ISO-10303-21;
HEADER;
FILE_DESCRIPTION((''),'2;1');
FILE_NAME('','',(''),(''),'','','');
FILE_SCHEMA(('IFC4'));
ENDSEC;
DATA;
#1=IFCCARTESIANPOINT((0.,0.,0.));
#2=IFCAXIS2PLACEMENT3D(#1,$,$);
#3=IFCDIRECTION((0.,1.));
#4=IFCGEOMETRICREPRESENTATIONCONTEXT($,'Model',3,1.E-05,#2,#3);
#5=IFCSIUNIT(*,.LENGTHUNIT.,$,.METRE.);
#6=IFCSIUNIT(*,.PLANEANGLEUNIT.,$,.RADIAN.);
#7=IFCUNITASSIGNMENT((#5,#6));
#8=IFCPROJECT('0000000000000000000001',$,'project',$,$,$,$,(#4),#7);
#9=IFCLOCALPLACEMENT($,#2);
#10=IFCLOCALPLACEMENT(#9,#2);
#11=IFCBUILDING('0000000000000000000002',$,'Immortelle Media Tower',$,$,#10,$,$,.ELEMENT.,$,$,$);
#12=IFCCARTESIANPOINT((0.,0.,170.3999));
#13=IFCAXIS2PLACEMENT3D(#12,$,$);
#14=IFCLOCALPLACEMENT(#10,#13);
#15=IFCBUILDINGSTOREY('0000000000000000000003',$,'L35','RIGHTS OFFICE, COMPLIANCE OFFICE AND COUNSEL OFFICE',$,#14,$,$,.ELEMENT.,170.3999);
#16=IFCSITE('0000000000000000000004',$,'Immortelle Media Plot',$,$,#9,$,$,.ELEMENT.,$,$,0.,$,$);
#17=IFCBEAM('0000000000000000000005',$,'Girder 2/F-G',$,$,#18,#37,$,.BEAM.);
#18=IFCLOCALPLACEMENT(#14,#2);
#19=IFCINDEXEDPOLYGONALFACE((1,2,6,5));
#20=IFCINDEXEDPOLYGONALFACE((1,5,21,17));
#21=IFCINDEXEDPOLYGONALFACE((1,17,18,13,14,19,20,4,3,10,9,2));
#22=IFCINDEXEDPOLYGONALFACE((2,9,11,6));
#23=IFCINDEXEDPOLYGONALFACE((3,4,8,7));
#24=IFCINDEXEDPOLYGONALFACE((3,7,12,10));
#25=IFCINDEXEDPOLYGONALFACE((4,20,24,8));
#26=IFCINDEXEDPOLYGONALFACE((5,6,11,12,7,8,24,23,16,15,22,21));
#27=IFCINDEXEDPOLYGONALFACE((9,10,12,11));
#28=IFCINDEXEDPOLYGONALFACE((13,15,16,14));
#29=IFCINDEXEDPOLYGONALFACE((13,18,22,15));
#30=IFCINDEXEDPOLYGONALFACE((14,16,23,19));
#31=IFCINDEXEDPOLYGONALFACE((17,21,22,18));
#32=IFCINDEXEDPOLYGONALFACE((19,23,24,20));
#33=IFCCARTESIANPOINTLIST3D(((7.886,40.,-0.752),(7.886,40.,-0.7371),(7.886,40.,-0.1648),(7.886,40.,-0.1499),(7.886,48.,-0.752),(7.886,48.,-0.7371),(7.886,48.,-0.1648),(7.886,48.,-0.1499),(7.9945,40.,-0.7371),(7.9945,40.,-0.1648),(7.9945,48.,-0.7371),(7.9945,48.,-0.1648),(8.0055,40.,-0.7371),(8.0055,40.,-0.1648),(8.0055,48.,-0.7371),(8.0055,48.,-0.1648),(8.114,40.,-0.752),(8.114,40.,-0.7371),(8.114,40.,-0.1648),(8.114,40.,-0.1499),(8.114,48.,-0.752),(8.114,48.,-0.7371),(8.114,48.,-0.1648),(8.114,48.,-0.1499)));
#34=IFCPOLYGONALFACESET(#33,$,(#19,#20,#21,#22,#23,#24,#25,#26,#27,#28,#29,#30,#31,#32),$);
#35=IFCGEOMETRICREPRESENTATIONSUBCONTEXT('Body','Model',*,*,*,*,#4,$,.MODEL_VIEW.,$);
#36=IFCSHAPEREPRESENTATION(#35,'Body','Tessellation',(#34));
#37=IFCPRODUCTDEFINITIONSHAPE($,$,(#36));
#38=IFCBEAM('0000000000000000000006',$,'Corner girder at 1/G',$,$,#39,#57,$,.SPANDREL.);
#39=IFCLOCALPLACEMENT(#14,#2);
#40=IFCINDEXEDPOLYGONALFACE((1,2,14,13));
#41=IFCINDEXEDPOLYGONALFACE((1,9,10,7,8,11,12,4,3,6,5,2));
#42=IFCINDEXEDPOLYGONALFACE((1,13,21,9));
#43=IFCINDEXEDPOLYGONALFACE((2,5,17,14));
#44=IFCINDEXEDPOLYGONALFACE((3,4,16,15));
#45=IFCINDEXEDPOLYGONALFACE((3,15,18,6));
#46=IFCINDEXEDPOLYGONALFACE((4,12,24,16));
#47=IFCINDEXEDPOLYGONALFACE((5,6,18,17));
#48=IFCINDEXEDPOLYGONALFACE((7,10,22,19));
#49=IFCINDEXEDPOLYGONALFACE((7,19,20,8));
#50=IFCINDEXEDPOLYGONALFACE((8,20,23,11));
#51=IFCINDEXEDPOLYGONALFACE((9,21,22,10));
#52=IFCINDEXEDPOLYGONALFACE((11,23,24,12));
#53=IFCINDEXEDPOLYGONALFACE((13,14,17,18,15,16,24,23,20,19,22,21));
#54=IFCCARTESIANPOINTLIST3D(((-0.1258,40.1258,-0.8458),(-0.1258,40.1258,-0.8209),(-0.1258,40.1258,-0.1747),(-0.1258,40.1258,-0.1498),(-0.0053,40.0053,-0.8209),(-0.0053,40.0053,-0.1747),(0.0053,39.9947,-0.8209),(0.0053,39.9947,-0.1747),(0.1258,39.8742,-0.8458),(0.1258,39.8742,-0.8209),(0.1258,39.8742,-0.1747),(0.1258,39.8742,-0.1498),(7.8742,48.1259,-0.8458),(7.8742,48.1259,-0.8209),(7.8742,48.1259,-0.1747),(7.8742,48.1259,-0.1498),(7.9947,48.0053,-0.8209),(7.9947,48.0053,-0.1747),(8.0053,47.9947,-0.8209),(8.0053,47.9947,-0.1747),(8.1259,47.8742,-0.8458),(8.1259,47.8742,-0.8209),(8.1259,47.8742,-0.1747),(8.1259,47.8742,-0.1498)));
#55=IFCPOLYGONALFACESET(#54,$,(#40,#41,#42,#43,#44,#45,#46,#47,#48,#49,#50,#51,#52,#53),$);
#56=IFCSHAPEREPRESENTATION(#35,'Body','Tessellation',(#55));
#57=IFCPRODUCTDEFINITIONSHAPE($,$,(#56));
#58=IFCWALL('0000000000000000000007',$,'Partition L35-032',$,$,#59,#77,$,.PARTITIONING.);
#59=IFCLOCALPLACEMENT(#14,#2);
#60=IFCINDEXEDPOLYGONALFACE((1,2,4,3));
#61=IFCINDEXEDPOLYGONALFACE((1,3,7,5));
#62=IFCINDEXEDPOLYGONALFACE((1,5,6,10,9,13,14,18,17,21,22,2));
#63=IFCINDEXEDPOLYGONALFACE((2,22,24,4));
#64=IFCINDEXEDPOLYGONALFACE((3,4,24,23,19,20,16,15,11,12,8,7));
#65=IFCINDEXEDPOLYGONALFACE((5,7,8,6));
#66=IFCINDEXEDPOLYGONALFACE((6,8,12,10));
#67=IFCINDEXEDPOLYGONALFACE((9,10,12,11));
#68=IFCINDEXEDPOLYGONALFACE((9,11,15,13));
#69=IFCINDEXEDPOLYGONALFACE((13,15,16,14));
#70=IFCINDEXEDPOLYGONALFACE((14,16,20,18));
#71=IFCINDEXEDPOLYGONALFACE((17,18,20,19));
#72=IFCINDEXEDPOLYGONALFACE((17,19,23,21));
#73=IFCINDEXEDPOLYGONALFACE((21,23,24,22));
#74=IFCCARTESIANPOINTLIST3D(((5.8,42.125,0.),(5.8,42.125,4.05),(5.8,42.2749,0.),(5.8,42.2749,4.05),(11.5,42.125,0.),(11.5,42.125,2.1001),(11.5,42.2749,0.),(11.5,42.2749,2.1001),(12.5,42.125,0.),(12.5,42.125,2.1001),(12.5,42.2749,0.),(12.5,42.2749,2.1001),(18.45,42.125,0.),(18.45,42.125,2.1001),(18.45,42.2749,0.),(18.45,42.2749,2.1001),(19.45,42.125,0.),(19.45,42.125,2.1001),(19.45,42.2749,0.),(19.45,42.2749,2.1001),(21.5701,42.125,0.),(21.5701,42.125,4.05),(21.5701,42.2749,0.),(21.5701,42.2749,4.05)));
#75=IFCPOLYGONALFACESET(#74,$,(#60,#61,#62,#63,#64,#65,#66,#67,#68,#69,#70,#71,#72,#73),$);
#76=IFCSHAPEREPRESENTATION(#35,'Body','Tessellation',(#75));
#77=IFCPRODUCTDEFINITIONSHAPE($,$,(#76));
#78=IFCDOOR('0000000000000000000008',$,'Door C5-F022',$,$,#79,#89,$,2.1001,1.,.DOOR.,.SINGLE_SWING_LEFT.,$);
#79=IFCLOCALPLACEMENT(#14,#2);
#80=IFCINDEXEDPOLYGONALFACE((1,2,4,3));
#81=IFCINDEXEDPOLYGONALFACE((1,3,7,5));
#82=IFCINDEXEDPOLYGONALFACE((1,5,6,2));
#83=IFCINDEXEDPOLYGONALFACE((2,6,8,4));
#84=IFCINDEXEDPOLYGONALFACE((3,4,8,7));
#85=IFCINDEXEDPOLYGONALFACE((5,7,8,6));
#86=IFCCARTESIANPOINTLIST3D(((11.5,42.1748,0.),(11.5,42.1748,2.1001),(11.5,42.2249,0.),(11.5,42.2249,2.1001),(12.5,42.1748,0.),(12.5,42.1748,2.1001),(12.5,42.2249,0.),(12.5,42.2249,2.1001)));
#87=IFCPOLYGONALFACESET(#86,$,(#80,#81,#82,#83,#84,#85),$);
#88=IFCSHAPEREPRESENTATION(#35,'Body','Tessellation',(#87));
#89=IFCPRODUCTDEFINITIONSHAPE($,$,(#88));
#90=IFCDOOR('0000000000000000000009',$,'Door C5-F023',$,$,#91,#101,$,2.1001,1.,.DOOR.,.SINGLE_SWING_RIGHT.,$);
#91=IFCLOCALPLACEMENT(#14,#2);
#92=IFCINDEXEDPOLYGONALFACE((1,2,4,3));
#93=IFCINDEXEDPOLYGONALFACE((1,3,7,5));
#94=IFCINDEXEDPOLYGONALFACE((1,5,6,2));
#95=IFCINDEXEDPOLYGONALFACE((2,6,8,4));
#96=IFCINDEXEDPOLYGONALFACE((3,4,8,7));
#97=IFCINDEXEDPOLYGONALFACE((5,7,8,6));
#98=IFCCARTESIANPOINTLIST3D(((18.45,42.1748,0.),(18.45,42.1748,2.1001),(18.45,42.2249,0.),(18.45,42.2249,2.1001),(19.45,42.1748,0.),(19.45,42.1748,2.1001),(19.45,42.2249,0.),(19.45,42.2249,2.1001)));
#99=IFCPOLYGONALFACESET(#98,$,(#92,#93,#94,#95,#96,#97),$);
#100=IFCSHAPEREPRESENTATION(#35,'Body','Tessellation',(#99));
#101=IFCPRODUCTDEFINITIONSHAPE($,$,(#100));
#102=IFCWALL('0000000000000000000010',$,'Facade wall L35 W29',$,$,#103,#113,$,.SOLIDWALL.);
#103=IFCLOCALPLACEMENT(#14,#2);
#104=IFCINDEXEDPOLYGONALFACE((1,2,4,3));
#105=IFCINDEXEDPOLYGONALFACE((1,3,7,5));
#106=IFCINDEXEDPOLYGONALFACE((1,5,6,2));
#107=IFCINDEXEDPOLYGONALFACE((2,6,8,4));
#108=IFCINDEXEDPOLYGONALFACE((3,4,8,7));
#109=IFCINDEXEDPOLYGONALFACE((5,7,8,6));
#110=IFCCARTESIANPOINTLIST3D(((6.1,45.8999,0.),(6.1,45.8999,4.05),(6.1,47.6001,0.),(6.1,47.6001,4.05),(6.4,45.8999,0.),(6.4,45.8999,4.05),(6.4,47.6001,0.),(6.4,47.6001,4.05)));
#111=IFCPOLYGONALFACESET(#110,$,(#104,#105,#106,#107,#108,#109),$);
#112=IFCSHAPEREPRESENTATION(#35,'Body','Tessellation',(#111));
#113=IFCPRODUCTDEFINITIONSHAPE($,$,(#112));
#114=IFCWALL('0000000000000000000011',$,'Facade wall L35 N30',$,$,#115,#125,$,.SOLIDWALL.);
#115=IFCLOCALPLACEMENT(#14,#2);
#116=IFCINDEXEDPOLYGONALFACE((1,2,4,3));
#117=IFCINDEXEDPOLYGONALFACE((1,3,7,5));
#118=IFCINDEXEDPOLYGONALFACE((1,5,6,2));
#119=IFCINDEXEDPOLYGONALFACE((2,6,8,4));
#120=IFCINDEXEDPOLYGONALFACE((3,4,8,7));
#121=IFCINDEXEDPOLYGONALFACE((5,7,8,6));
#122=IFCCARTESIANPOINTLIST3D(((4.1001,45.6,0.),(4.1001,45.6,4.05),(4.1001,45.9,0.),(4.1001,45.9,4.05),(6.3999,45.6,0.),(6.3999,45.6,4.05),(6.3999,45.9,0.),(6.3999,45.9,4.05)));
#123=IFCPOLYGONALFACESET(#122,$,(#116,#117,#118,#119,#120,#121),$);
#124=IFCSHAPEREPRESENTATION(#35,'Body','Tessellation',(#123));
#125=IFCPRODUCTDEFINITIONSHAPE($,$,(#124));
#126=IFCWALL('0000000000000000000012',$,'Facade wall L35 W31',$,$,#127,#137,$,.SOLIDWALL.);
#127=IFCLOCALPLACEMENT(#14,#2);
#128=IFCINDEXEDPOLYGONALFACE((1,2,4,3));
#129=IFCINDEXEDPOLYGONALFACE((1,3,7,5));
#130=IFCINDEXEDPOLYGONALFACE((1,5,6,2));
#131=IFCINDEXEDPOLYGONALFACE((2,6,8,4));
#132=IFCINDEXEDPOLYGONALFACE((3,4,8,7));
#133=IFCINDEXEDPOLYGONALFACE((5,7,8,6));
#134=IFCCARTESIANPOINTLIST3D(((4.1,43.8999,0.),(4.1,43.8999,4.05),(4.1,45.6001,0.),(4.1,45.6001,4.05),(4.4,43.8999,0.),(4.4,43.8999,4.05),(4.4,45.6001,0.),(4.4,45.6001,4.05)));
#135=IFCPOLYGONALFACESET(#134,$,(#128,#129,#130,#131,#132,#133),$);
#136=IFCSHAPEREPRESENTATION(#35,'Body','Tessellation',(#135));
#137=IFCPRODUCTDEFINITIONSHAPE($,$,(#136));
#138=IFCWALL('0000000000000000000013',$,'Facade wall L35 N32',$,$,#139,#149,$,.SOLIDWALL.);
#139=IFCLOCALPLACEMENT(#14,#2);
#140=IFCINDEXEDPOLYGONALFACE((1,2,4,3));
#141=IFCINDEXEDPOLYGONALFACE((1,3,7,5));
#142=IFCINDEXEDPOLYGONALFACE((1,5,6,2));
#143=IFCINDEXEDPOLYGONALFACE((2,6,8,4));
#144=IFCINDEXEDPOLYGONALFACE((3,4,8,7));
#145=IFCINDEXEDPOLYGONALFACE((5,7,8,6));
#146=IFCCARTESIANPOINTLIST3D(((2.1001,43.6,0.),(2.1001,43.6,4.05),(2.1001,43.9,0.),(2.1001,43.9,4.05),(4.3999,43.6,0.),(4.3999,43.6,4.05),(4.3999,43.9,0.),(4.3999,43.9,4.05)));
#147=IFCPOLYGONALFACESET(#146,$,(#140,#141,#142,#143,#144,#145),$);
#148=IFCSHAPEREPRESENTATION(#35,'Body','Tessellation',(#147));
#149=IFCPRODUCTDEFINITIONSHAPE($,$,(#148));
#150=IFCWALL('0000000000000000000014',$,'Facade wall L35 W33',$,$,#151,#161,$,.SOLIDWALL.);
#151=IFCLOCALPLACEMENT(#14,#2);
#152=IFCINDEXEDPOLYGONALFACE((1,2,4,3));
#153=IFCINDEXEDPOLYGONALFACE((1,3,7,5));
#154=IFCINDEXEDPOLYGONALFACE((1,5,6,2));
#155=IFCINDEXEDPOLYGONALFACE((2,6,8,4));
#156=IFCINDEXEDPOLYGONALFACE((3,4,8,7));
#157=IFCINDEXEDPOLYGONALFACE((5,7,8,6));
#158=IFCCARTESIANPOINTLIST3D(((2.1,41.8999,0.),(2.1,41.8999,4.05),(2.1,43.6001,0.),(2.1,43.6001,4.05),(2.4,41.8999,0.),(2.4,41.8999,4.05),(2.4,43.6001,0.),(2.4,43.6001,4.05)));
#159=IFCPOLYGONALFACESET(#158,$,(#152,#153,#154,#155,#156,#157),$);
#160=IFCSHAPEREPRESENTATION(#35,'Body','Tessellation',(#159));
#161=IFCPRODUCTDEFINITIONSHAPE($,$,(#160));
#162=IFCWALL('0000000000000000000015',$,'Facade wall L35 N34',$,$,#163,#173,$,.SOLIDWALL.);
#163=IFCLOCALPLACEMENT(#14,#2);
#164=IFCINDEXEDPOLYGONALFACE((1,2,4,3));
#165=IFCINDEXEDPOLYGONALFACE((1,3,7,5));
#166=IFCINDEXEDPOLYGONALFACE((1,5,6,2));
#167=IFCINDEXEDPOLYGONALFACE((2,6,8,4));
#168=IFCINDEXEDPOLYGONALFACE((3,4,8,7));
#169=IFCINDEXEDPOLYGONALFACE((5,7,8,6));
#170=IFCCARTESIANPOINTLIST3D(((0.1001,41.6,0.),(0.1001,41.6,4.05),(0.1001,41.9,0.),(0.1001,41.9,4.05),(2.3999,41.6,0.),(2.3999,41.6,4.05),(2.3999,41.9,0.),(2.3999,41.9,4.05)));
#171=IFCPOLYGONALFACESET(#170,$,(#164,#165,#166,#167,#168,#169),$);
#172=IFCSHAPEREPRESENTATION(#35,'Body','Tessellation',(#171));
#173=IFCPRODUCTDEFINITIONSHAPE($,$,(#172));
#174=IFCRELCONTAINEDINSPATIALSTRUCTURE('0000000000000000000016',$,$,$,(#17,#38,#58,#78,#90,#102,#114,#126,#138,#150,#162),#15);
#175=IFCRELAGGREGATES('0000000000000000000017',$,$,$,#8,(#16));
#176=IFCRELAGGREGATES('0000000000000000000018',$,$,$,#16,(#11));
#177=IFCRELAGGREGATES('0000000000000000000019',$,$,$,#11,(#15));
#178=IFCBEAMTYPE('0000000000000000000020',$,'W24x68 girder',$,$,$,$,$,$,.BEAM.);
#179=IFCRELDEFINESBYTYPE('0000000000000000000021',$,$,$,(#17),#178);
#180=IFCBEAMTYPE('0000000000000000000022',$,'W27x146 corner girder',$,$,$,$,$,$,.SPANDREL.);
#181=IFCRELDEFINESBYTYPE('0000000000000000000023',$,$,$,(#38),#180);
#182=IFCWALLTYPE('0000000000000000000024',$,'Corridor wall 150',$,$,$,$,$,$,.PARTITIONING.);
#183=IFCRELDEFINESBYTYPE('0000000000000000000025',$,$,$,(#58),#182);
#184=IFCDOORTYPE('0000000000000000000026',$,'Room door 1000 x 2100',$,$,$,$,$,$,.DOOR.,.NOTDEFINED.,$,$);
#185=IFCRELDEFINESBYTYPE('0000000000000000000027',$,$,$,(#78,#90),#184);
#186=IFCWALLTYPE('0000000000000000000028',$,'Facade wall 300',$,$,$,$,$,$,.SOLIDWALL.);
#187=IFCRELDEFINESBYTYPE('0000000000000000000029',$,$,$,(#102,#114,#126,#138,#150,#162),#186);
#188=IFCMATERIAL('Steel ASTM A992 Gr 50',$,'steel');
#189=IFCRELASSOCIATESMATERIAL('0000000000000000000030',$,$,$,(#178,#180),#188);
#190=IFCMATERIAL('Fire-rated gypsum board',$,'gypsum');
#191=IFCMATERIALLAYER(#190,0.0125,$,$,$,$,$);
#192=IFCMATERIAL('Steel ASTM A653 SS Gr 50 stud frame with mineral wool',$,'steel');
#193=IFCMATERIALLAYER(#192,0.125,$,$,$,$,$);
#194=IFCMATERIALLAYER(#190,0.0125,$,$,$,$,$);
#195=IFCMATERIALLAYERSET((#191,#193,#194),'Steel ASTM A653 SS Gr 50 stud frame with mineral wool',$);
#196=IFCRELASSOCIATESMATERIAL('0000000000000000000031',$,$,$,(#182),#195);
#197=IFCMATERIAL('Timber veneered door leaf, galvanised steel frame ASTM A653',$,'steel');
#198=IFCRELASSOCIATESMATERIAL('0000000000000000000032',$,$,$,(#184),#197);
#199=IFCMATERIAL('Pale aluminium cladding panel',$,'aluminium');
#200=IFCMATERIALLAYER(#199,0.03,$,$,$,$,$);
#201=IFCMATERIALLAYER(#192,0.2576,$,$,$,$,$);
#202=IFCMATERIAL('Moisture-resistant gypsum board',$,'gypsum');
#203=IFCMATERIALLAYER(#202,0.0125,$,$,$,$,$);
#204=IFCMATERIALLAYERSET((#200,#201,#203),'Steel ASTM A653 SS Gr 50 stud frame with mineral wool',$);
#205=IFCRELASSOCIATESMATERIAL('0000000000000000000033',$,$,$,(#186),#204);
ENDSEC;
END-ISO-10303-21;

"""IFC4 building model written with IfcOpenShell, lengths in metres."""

from ifc_helpers import new_model, si_unit, direction, frame, frame_2d, origin, origin_2d, place, context, subcontext, project, spatial, rectangle, i_section, extrude, material, layer, layer_set, material_profile, profile_set, type_object, element, fill, save


model = new_model("IFC4")

# Units and contexts
model_context = context("Model", 3, precision=1e-05, world=origin(), true_north=direction((0.0, 1.0)))
body_context = subcontext(model_context, "Body", "Model", "MODEL_VIEW")
ifc_project = project(units=[si_unit("LENGTHUNIT", "METRE"), si_unit("PLANEANGLEUNIT", "RADIAN")], contexts=[model_context])

# Site, building, storey
site_placement = place(None, origin())
site = spatial("IfcSite", under=ifc_project, at=site_placement, Name="Immortelle Media Plot", CompositionType="ELEMENT", RefElevation=0.0)
building_placement = place(site_placement, origin())
building = spatial("IfcBuilding", under=site, at=building_placement, Name="Immortelle Media Tower", CompositionType="ELEMENT")
storey_placement = place(building_placement, frame((0.0, 0.0, 170.3999)))
storey = spatial("IfcBuildingStorey", under=building, at=storey_placement, Name="L35", Description="RIGHTS OFFICE, COMPLIANCE OFFICE AND COUNSEL OFFICE", CompositionType="ELEMENT", Elevation=170.3999)

# Shared definitions
ifc_material_1 = material(Name="Steel ASTM A992 Gr 50", Category="steel")

# Beams
ifc_material_profile_1 = material_profile(ifc_material_1, i_section(OverallWidth=0.228, OverallDepth=0.6021, WebThickness=0.011, FlangeThickness=0.0149, at=origin_2d()), Name="W24x68")
ifc_profile_set_1 = profile_set([ifc_material_profile_1], Name="Steel ASTM A992 Gr 50")
beam_type_1 = type_object("IfcBeamType", Name="W24x68 girder", PredefinedType="BEAM", material=ifc_profile_set_1)
for number, where, z_axis, x_axis, name in (
    (1, (8.0, 40.0, -0.4509), (0.0, 1.0, 0.0), (-1.0, 0.0, 0.0), "Girder 2/F-G"),
):
    element("IfcBeam", number, at=place(storey_placement, frame(where, z_axis=z_axis, x_axis=x_axis)), inside=storey, type_object=beam_type_1, Name=name, PredefinedType="BEAM", context=body_context, shape_type="SweptSolid", body=[
        extrude(i_section(OverallWidth=0.228, OverallDepth=0.6021, WebThickness=0.011, FlangeThickness=0.0149, at=origin_2d()), origin(), (0.0, 0.0, 1.0), 8.0),
    ])
ifc_material_profile_2 = material_profile(ifc_material_1, i_section(OverallWidth=0.356, OverallDepth=0.696, WebThickness=0.0149, FlangeThickness=0.0249, at=origin_2d()), Name="W27x146")
ifc_profile_set_2 = profile_set([ifc_material_profile_2], Name="Steel ASTM A992 Gr 50")
beam_type_2 = type_object("IfcBeamType", Name="W27x146 corner girder", PredefinedType="SPANDREL", material=ifc_profile_set_2)
beam_1_placement = place(storey_placement, frame((0.0, 40.0, -0.4978), z_axis=(0.707107, 0.707107, 0.0), x_axis=(-0.707107, 0.707107, 0.0)))
element("IfcBeam", 2, at=beam_1_placement, inside=storey, type_object=beam_type_2, Name="Corner girder at 1/G", PredefinedType="SPANDREL", context=body_context, shape_type="SweptSolid", body=[
    extrude(i_section(OverallWidth=0.356, OverallDepth=0.696, WebThickness=0.0149, FlangeThickness=0.0249, at=origin_2d()), origin(), (0.0, 0.0, 1.0), 11.3137),
])

# Wall, openings, doors
ifc_material_2 = material(Name="Fire-rated gypsum board", Category="gypsum")
ifc_layer_1 = layer(ifc_material_2, 0.0125)
ifc_material_3 = material(Name="Steel ASTM A653 SS Gr 50 stud frame with mineral wool", Category="steel")
ifc_layer_2 = layer(ifc_material_3, 0.125)
ifc_layer_3 = layer(ifc_material_2, 0.0125)
ifc_layer_set_1 = layer_set([ifc_layer_1, ifc_layer_2, ifc_layer_3], Name="Steel ASTM A653 SS Gr 50 stud frame with mineral wool")
wall_type_1 = type_object("IfcWallType", Name="Corridor wall 150", PredefinedType="PARTITIONING", material=ifc_layer_set_1)
wall_1_placement = place(storey_placement, frame((5.8, 42.2, 0.0), z_axis=(0.0, 0.0, 1.0), x_axis=(1.0, 0.0, 0.0)))
wall_1 = element("IfcWall", 3, at=wall_1_placement, inside=storey, type_object=wall_type_1, Name="Partition L35-032", PredefinedType="PARTITIONING", context=body_context, shape_type="SweptSolid", body=[
    extrude(rectangle(XDim=15.77, YDim=0.1499, at=frame_2d((7.885, 0.0))), origin(), (0.0, 0.0, 1.0), 4.05),
])
opening_1_placement = place(wall_1_placement, frame((5.7, 0.0, 0.0)))
opening_1 = element("IfcOpeningElement", 4, at=opening_1_placement, cuts=wall_1, PredefinedType="OPENING", context=body_context, shape_type="SweptSolid", body=[
    extrude(rectangle(XDim=1.0, YDim=2.1001, at=frame_2d((0.5, 1.05))), frame((0.0, 0.085, 0.0), z_axis=(0.0, -1.0, 0.0), x_axis=(1.0, 0.0, 0.0)), (0.0, 0.0, 1.0), 0.1699),
])
opening_2_placement = place(wall_1_placement, frame((12.6499, 0.0, 0.0)))
opening_2 = element("IfcOpeningElement", 5, at=opening_2_placement, cuts=wall_1, PredefinedType="OPENING", context=body_context, shape_type="SweptSolid", body=[
    extrude(rectangle(XDim=1.0, YDim=2.1001, at=frame_2d((0.5, 1.05))), frame((0.0, 0.085, 0.0), z_axis=(0.0, -1.0, 0.0), x_axis=(1.0, 0.0, 0.0)), (0.0, 0.0, 1.0), 0.1699),
])
ifc_material_4 = material(Name="Timber veneered door leaf, galvanised steel frame ASTM A653", Category="steel")
door_type_1 = type_object("IfcDoorType", Name="Room door 1000 x 2100", OperationType="NOTDEFINED", PredefinedType="DOOR", material=ifc_material_4)
door_1_placement = place(opening_1_placement, origin())
door_1 = element("IfcDoor", 6, at=door_1_placement, inside=storey, type_object=door_type_1, Name="Door C5-F022", OperationType="SINGLE_SWING_LEFT", OverallHeight=2.1001, OverallWidth=1.0, PredefinedType="DOOR", context=body_context, shape_type="SweptSolid", body=[
    extrude(rectangle(XDim=1.0, YDim=2.1001, at=frame_2d((0.5, 1.05))), frame((0.0, 0.0249, 0.0), z_axis=(0.0, -1.0, 0.0), x_axis=(1.0, 0.0, 0.0)), (0.0, 0.0, 1.0), 0.05),
])
fill(opening_1, door_1)
door_2_placement = place(opening_2_placement, origin())
door_2 = element("IfcDoor", 7, at=door_2_placement, inside=storey, type_object=door_type_1, Name="Door C5-F023", OperationType="SINGLE_SWING_RIGHT", OverallHeight=2.1001, OverallWidth=1.0, PredefinedType="DOOR", context=body_context, shape_type="SweptSolid", body=[
    extrude(rectangle(XDim=1.0, YDim=2.1001, at=frame_2d((0.5, 1.05))), frame((0.0, 0.0249, 0.0), z_axis=(0.0, -1.0, 0.0), x_axis=(1.0, 0.0, 0.0)), (0.0, 0.0, 1.0), 0.05),
])
fill(opening_2, door_2)

# Walls
ifc_material_5 = material(Name="Pale aluminium cladding panel", Category="aluminium")
ifc_layer_4 = layer(ifc_material_5, 0.03)
ifc_layer_5 = layer(ifc_material_3, 0.2576)
ifc_material_6 = material(Name="Moisture-resistant gypsum board", Category="gypsum")
ifc_layer_6 = layer(ifc_material_6, 0.0125)
ifc_layer_set_2 = layer_set([ifc_layer_4, ifc_layer_5, ifc_layer_6], Name="Steel ASTM A653 SS Gr 50 stud frame with mineral wool")
wall_type_2 = type_object("IfcWallType", Name="Facade wall 300", PredefinedType="SOLIDWALL", material=ifc_layer_set_2)
wall_2_placement = place(storey_placement, frame((6.25, 47.6001, 0.0), z_axis=(0.0, 0.0, 1.0), x_axis=(0.0, -1.0, 0.0)))
element("IfcWall", 8, at=wall_2_placement, inside=storey, type_object=wall_type_2, Name="Facade wall L35 W29", PredefinedType="SOLIDWALL", context=body_context, shape_type="SweptSolid", body=[
    extrude(rectangle(XDim=1.7002, YDim=0.3, at=frame_2d((0.8501, 0.0))), origin(), (0.0, 0.0, 1.0), 4.05),
])
wall_3_placement = place(storey_placement, frame((6.3999, 45.75, 0.0), z_axis=(0.0, 0.0, 1.0), x_axis=(-1.0, 0.0, 0.0)))
element("IfcWall", 9, at=wall_3_placement, inside=storey, type_object=wall_type_2, Name="Facade wall L35 N30", PredefinedType="SOLIDWALL", context=body_context, shape_type="SweptSolid", body=[
    extrude(rectangle(XDim=2.2998, YDim=0.3, at=frame_2d((1.1499, 0.0))), origin(), (0.0, 0.0, 1.0), 4.05),
])
wall_4_placement = place(storey_placement, frame((4.25, 45.6001, 0.0), z_axis=(0.0, 0.0, 1.0), x_axis=(0.0, -1.0, 0.0)))
element("IfcWall", 10, at=wall_4_placement, inside=storey, type_object=wall_type_2, Name="Facade wall L35 W31", PredefinedType="SOLIDWALL", context=body_context, shape_type="SweptSolid", body=[
    extrude(rectangle(XDim=1.7002, YDim=0.3, at=frame_2d((0.8501, 0.0))), origin(), (0.0, 0.0, 1.0), 4.05),
])
wall_5_placement = place(storey_placement, frame((4.3999, 43.75, 0.0), z_axis=(0.0, 0.0, 1.0), x_axis=(-1.0, 0.0, 0.0)))
element("IfcWall", 11, at=wall_5_placement, inside=storey, type_object=wall_type_2, Name="Facade wall L35 N32", PredefinedType="SOLIDWALL", context=body_context, shape_type="SweptSolid", body=[
    extrude(rectangle(XDim=2.2998, YDim=0.3, at=frame_2d((1.1499, 0.0))), origin(), (0.0, 0.0, 1.0), 4.05),
])
wall_6_placement = place(storey_placement, frame((2.25, 43.6001, 0.0), z_axis=(0.0, 0.0, 1.0), x_axis=(0.0, -1.0, 0.0)))
element("IfcWall", 12, at=wall_6_placement, inside=storey, type_object=wall_type_2, Name="Facade wall L35 W33", PredefinedType="SOLIDWALL", context=body_context, shape_type="SweptSolid", body=[
    extrude(rectangle(XDim=1.7002, YDim=0.3, at=frame_2d((0.8501, 0.0))), origin(), (0.0, 0.0, 1.0), 4.05),
])
wall_7_placement = place(storey_placement, frame((2.3999, 41.75, 0.0), z_axis=(0.0, 0.0, 1.0), x_axis=(-1.0, 0.0, 0.0)))
element("IfcWall", 13, at=wall_7_placement, inside=storey, type_object=wall_type_2, Name="Facade wall L35 N34", PredefinedType="SOLIDWALL", context=body_context, shape_type="SweptSolid", body=[
    extrude(rectangle(XDim=2.2998, YDim=0.3, at=frame_2d((1.1499, 0.0))), origin(), (0.0, 0.0, 1.0), 4.05),
])

save(model, "model.ifc")
